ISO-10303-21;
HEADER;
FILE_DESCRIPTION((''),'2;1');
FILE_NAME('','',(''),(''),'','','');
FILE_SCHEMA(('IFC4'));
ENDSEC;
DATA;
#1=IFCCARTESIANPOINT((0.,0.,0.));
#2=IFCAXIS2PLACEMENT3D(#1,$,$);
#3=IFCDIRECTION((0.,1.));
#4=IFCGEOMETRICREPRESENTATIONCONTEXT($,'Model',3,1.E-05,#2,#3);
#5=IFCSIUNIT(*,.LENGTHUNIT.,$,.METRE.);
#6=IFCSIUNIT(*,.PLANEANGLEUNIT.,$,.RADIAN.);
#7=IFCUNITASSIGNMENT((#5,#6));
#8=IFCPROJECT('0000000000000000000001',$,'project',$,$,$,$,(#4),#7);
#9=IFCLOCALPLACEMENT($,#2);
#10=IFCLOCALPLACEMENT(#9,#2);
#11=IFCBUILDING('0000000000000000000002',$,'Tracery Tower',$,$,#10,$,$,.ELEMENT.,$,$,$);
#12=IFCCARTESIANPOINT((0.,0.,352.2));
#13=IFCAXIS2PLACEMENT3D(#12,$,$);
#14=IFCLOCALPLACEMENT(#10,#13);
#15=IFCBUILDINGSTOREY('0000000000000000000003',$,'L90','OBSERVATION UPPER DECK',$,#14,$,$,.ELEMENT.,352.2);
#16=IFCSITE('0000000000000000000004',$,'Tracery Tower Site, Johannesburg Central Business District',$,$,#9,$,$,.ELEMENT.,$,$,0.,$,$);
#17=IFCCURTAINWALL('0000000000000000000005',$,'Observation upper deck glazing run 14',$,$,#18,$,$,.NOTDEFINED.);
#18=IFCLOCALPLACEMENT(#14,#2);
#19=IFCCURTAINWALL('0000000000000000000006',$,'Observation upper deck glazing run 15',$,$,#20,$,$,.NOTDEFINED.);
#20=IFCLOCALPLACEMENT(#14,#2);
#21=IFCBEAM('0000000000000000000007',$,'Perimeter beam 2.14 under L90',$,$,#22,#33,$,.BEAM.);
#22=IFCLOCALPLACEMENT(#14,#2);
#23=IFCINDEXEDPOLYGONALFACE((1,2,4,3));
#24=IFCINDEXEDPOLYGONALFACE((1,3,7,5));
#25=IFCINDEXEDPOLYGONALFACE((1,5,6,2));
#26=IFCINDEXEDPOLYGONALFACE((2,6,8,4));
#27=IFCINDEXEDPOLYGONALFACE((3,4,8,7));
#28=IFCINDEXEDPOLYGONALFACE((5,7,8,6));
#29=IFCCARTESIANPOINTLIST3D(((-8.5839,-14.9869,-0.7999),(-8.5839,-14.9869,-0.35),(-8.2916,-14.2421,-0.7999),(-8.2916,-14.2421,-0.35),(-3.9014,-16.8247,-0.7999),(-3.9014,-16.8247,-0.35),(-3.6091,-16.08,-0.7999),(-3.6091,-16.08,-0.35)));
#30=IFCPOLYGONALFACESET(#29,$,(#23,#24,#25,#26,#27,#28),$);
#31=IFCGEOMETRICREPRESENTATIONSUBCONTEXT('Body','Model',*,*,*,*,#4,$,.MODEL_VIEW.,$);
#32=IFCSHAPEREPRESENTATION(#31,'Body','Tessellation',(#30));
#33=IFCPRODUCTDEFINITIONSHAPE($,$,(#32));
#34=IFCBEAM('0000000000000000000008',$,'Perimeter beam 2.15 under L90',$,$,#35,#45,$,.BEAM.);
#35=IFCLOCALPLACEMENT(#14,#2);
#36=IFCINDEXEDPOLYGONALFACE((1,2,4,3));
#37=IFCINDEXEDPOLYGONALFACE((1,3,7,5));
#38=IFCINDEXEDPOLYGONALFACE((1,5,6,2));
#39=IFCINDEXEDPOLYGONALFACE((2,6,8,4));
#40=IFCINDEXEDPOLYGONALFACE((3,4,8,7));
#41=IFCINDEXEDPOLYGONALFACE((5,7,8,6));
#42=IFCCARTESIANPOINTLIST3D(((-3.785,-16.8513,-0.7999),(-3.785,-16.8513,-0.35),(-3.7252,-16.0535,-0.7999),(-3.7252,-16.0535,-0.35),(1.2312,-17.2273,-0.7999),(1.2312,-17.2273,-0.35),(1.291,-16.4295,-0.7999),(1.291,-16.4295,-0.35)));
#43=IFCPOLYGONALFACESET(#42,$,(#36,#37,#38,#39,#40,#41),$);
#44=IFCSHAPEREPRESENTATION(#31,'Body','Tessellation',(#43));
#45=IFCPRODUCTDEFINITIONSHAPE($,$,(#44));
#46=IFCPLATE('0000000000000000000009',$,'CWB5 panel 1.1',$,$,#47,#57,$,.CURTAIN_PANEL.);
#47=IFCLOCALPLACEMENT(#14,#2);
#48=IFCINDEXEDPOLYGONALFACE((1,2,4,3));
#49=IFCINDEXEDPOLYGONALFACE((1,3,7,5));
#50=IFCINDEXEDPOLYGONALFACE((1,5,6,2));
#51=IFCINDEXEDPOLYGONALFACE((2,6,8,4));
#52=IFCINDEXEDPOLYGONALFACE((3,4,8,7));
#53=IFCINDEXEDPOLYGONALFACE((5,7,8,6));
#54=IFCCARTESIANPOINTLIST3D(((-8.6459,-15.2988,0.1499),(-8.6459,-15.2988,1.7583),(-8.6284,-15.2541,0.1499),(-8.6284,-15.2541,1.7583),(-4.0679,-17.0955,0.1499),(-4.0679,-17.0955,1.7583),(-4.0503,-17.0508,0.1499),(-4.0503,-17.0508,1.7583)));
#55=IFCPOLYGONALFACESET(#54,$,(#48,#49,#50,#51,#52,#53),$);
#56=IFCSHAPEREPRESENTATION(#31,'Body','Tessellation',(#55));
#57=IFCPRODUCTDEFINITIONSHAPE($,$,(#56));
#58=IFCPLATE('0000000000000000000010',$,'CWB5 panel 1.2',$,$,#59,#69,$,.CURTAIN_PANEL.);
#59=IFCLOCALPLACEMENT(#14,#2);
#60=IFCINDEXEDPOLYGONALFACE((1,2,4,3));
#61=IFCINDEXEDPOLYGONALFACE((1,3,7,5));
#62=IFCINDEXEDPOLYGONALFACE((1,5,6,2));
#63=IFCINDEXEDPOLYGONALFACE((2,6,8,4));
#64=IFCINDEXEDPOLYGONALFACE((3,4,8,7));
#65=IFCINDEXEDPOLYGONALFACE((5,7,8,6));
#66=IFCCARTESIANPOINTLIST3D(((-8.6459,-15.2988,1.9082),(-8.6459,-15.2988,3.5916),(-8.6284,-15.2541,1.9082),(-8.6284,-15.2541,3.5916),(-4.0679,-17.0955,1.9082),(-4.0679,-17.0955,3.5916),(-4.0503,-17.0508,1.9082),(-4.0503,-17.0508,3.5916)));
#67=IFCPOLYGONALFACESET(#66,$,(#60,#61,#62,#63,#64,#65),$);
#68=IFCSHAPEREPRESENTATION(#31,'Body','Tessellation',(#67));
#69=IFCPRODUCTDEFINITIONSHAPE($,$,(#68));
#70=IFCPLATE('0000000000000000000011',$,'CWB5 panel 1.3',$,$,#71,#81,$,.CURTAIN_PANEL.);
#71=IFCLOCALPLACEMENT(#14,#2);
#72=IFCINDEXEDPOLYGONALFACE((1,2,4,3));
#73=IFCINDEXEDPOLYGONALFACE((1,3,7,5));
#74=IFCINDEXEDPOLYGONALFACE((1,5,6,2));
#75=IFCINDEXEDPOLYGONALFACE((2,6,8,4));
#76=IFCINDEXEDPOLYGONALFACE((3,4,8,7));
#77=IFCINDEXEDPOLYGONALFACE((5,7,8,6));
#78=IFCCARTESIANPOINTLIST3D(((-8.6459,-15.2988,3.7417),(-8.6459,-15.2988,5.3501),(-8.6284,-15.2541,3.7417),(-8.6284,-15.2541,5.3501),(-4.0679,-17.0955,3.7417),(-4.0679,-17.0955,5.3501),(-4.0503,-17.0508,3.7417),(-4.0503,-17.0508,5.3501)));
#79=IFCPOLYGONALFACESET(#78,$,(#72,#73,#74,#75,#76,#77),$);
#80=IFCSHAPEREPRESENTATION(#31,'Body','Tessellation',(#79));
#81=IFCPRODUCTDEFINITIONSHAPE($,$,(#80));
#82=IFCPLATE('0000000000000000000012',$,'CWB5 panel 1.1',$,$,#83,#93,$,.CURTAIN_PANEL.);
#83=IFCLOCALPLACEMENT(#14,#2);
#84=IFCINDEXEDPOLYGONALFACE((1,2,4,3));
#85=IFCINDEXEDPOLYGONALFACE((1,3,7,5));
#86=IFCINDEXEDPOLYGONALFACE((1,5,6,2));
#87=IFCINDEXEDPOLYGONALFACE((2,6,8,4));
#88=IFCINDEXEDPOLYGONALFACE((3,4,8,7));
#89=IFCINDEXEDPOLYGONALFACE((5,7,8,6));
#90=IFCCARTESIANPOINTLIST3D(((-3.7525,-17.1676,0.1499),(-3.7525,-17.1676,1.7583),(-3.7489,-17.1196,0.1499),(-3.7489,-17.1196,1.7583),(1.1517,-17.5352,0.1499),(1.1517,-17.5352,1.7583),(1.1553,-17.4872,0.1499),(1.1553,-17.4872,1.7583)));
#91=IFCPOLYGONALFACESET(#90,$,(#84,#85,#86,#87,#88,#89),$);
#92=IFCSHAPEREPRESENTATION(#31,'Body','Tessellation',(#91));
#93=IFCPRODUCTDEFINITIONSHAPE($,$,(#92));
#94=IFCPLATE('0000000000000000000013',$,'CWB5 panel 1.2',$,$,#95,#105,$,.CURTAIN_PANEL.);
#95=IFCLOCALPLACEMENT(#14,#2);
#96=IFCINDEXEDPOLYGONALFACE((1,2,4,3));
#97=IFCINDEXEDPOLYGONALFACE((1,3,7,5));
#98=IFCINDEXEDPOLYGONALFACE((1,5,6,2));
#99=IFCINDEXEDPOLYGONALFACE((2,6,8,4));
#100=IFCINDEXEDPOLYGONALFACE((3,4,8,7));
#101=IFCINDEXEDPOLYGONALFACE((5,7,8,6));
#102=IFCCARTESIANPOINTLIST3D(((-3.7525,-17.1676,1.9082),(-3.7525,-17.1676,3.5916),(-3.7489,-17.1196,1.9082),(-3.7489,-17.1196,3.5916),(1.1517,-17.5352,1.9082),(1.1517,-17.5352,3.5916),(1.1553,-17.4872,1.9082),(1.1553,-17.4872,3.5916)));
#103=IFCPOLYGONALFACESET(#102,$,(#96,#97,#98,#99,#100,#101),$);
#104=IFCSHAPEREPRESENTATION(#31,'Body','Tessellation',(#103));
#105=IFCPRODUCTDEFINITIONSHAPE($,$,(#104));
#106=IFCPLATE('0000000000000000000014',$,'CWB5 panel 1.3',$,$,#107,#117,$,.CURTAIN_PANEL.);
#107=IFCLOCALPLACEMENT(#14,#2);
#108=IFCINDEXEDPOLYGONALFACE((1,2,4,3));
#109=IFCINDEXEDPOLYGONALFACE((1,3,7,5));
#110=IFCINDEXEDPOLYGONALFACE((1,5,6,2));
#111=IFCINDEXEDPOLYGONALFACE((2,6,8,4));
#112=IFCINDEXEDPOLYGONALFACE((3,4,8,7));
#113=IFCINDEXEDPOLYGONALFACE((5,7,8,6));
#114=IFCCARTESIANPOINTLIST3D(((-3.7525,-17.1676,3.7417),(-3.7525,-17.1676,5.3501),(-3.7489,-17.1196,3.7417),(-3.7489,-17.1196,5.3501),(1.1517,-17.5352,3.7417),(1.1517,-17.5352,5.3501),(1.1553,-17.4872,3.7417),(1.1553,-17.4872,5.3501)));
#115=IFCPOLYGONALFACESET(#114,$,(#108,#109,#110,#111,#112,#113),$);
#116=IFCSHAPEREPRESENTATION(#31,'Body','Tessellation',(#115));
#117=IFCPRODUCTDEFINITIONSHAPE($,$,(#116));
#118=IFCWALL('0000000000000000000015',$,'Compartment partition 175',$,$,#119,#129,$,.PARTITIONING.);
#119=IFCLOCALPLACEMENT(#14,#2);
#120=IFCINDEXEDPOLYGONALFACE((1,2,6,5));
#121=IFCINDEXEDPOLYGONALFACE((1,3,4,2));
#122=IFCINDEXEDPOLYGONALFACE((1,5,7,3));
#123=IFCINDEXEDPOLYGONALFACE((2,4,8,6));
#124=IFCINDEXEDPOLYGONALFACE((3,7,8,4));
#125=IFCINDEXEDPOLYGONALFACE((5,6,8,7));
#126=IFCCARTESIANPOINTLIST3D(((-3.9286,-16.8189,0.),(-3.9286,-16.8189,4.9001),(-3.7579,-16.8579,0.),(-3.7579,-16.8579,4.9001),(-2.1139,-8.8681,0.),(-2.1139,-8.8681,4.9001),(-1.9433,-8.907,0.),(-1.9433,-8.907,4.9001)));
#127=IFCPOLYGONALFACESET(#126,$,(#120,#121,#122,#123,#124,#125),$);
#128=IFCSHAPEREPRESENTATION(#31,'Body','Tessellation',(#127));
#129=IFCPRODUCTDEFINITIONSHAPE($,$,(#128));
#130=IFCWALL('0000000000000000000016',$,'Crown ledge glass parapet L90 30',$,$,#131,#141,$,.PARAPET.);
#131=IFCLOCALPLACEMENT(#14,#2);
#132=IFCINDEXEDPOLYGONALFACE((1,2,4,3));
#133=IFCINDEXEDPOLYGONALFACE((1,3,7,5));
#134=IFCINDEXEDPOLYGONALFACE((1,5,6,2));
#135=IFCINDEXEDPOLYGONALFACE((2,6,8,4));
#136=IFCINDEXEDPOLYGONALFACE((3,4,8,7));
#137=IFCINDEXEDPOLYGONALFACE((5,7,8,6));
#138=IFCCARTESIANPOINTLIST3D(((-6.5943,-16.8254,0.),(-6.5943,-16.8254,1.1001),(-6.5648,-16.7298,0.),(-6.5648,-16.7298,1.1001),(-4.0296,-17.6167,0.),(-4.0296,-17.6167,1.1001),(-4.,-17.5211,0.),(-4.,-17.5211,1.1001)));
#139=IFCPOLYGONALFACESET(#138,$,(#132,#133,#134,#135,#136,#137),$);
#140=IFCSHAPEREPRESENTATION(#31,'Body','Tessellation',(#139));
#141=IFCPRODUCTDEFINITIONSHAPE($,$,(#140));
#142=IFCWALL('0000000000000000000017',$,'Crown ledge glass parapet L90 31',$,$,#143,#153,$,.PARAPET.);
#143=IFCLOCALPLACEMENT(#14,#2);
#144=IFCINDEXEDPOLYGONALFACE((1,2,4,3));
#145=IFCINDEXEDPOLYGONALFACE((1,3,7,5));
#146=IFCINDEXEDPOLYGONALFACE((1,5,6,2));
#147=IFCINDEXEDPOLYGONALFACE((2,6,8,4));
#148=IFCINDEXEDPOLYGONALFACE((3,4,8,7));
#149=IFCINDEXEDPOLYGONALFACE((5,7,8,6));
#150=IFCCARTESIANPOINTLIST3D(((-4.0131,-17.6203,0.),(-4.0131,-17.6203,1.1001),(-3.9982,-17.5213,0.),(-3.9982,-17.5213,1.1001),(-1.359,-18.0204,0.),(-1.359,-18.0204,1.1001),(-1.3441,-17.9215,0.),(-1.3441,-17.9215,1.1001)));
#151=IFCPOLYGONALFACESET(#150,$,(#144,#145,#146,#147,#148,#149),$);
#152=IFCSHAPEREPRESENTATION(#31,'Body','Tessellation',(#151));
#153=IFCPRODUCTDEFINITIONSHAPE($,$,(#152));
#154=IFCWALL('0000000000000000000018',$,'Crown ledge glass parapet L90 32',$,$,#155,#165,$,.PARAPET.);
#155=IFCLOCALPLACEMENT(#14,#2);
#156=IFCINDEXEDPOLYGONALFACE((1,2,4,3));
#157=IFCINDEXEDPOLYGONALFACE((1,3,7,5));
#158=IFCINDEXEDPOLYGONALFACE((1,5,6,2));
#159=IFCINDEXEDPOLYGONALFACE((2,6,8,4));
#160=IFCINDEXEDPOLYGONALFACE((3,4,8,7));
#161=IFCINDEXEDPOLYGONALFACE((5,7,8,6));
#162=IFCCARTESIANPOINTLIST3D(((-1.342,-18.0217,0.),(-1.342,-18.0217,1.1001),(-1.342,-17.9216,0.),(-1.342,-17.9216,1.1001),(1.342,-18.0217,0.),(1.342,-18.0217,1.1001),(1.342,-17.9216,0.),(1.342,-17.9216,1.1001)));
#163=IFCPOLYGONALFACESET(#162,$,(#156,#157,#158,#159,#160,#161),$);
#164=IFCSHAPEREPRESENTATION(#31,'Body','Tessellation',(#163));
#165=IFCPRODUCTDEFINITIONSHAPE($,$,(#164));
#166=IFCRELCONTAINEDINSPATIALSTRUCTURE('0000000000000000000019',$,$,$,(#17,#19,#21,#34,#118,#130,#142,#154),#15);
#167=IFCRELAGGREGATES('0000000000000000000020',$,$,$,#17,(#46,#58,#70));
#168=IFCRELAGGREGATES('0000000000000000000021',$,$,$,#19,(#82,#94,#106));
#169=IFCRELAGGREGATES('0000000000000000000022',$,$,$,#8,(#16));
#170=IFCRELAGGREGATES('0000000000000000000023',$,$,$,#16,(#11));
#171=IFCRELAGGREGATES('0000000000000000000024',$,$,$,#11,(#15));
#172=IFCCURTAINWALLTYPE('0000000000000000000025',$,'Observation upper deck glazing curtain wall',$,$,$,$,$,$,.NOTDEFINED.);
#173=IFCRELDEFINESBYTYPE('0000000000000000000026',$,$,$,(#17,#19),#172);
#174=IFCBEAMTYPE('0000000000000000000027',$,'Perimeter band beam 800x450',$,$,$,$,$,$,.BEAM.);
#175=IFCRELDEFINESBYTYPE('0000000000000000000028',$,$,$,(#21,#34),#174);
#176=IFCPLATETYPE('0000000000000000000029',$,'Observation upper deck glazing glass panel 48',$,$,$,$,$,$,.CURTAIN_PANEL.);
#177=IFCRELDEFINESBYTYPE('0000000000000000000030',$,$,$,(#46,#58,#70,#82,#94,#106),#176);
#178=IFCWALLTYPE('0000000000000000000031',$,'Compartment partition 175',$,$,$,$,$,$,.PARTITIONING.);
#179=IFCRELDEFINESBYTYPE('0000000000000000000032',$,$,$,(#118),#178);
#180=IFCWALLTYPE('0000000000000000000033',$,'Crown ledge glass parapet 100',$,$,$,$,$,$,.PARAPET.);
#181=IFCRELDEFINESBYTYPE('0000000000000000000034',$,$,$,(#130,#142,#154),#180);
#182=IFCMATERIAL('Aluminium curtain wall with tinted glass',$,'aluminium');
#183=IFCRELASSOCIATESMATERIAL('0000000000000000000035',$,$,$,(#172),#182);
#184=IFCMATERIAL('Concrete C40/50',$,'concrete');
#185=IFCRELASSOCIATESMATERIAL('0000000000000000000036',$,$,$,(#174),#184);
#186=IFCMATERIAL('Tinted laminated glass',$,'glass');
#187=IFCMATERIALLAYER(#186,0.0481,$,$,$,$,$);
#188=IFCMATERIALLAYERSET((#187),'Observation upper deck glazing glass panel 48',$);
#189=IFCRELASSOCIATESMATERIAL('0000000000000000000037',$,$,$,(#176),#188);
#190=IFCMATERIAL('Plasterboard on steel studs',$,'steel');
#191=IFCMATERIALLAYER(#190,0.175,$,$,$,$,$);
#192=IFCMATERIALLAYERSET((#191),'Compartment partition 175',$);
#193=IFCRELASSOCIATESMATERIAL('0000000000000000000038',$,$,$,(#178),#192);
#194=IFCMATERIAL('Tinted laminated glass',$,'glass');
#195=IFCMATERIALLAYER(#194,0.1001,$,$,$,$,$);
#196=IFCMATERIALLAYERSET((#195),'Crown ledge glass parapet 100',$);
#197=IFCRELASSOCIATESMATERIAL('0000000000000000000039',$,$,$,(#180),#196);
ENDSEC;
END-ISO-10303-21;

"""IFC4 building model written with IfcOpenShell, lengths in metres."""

from ifc_helpers import new_model, si_unit, direction, frame, frame_2d, origin, origin_2d, place, context, subcontext, project, spatial, rectangle, extrude, material, layer, layer_set, material_profile, profile_set, type_object, element, aggregate, save


model = new_model("IFC4")

# Units and contexts
model_context = context("Model", 3, precision=1e-05, world=origin(), true_north=direction((0.0, 1.0)))
body_context = subcontext(model_context, "Body", "Model", "MODEL_VIEW")
ifc_project = project(units=[si_unit("LENGTHUNIT", "METRE"), si_unit("PLANEANGLEUNIT", "RADIAN")], contexts=[model_context])

# Site, building, storey
site_placement = place(None, origin())
site = spatial("IfcSite", under=ifc_project, at=site_placement, Name="Tracery Tower Site, Johannesburg Central Business District", CompositionType="ELEMENT", RefElevation=0.0)
building_placement = place(site_placement, origin())
building = spatial("IfcBuilding", under=site, at=building_placement, Name="Tracery Tower", CompositionType="ELEMENT")
storey_placement = place(building_placement, frame((0.0, 0.0, 352.2)))
storey = spatial("IfcBuildingStorey", under=building, at=storey_placement, Name="L90", Description="OBSERVATION UPPER DECK", CompositionType="ELEMENT", Elevation=352.2)

# Curtain walls
ifc_material_1 = material(Name="Aluminium curtain wall with tinted glass", Category="aluminium")
curtain_wall_type = type_object("IfcCurtainWallType", Name="Observation upper deck glazing curtain wall", PredefinedType="NOTDEFINED", material=ifc_material_1)
curtain_wall_1_placement = place(storey_placement, origin())
curtain_wall_1 = element("IfcCurtainWall", 1, at=curtain_wall_1_placement, inside=storey, type_object=curtain_wall_type, Name="Observation upper deck glazing run 14", PredefinedType="NOTDEFINED")
curtain_wall_2_placement = place(storey_placement, origin())
curtain_wall_2 = element("IfcCurtainWall", 2, at=curtain_wall_2_placement, inside=storey, type_object=curtain_wall_type, Name="Observation upper deck glazing run 15", PredefinedType="NOTDEFINED")

# Beams
ifc_material_2 = material(Name="Concrete C40/50", Category="concrete")
ifc_material_profile_1 = material_profile(ifc_material_2, rectangle(XDim=0.8, YDim=0.45, at=origin_2d()), Name="RC 800x450")
ifc_profile_set_1 = profile_set([ifc_material_profile_1], Name="Concrete C40/50")
beam_type = type_object("IfcBeamType", Name="Perimeter band beam 800x450", PredefinedType="BEAM", material=ifc_profile_set_1)
for number, where, z_axis, x_axis, name in (
    (3, (-8.4377, -14.6145, -0.575), (0.930867, -0.365358, 0.0), (0.365358, 0.930867, 0.0), "Perimeter beam 2.14 under L90"),
    (4, (-3.7551, -16.4524, -0.575), (0.997203, -0.074744, 0.0), (0.074744, 0.997203, 0.0), "Perimeter beam 2.15 under L90"),
):
    element("IfcBeam", number, at=place(storey_placement, frame(where, z_axis=z_axis, x_axis=x_axis)), inside=storey, type_object=beam_type, Name=name, PredefinedType="BEAM", context=body_context, shape_type="SweptSolid", body=[
        extrude(rectangle(XDim=0.8, YDim=0.45, at=origin_2d()), origin(), (0.0, 0.0, 1.0), 5.0303),
    ])

# Plates
ifc_material_3 = material(Name="Tinted laminated glass", Category="glass")
ifc_layer_1 = layer(ifc_material_3, 0.0481)
ifc_layer_set_1 = layer_set([ifc_layer_1], Name="Observation upper deck glazing glass panel 48")
plate_type = type_object("IfcPlateType", Name="Observation upper deck glazing glass panel 48", PredefinedType="CURTAIN_PANEL", material=ifc_layer_set_1)
plate_1_placement = place(storey_placement, frame((-6.3481, -16.1748, 0.1499), z_axis=(0.0, 0.0, 1.0), x_axis=(0.930877, -0.365333, 0.0)))
plate_1 = element("IfcPlate", 5, at=plate_1_placement, type_object=plate_type, Name="CWB5 panel 1.1", PredefinedType="CURTAIN_PANEL", context=body_context, shape_type="SweptSolid", body=[
    extrude(rectangle(XDim=4.918, YDim=0.0481, at=origin_2d()), origin(), (0.0, 0.0, 1.0), 1.6084),
])
plate_2_placement = place(storey_placement, frame((-6.3481, -16.1748, 1.9082), z_axis=(0.0, 0.0, 1.0), x_axis=(0.930877, -0.365333, 0.0)))
plate_2 = element("IfcPlate", 6, at=plate_2_placement, type_object=plate_type, Name="CWB5 panel 1.2", PredefinedType="CURTAIN_PANEL", context=body_context, shape_type="SweptSolid", body=[
    extrude(rectangle(XDim=4.918, YDim=0.0481, at=origin_2d()), origin(), (0.0, 0.0, 1.0), 1.6833),
])
plate_3_placement = place(storey_placement, frame((-6.3481, -16.1748, 3.7417), z_axis=(0.0, 0.0, 1.0), x_axis=(0.930877, -0.365333, 0.0)))
plate_3 = element("IfcPlate", 7, at=plate_3_placement, type_object=plate_type, Name="CWB5 panel 1.3", PredefinedType="CURTAIN_PANEL", context=body_context, shape_type="SweptSolid", body=[
    extrude(rectangle(XDim=4.918, YDim=0.0481, at=origin_2d()), origin(), (0.0, 0.0, 1.0), 1.6084),
])
aggregate(curtain_wall_1, [plate_1, plate_2, plate_3])
plate_4_placement = place(storey_placement, frame((-1.2986, -17.3274, 0.1499), z_axis=(0.0, 0.0, 1.0), x_axis=(0.997203, -0.074738, 0.0)))
plate_4 = element("IfcPlate", 8, at=plate_4_placement, type_object=plate_type, Name="CWB5 panel 1.1", PredefinedType="CURTAIN_PANEL", context=body_context, shape_type="SweptSolid", body=[
    extrude(rectangle(XDim=4.918, YDim=0.0481, at=origin_2d()), origin(), (0.0, 0.0, 1.0), 1.6084),
])
plate_5_placement = place(storey_placement, frame((-1.2986, -17.3274, 1.9082), z_axis=(0.0, 0.0, 1.0), x_axis=(0.997203, -0.074738, 0.0)))
plate_5 = element("IfcPlate", 9, at=plate_5_placement, type_object=plate_type, Name="CWB5 panel 1.2", PredefinedType="CURTAIN_PANEL", context=body_context, shape_type="SweptSolid", body=[
    extrude(rectangle(XDim=4.918, YDim=0.0481, at=origin_2d()), origin(), (0.0, 0.0, 1.0), 1.6833),
])
plate_6_placement = place(storey_placement, frame((-1.2986, -17.3274, 3.7417), z_axis=(0.0, 0.0, 1.0), x_axis=(0.997203, -0.074738, 0.0)))
plate_6 = element("IfcPlate", 10, at=plate_6_placement, type_object=plate_type, Name="CWB5 panel 1.3", PredefinedType="CURTAIN_PANEL", context=body_context, shape_type="SweptSolid", body=[
    extrude(rectangle(XDim=4.918, YDim=0.0481, at=origin_2d()), origin(), (0.0, 0.0, 1.0), 1.6084),
])
aggregate(curtain_wall_2, [plate_4, plate_5, plate_6])

# Walls
ifc_material_4 = material(Name="Plasterboard on steel studs", Category="steel")
ifc_layer_2 = layer(ifc_material_4, 0.175)
ifc_layer_set_2 = layer_set([ifc_layer_2], Name="Compartment partition 175")
wall_type_1 = type_object("IfcWallType", Name="Compartment partition 175", PredefinedType="PARTITIONING", material=ifc_layer_set_2)
wall_placement = place(storey_placement, frame((-3.8433, -16.8384, 0.0), z_axis=(0.0, 0.0, 1.0), x_axis=(0.222515, 0.974929, 0.0)))
element("IfcWall", 11, at=wall_placement, inside=storey, type_object=wall_type_1, Name="Compartment partition 175", PredefinedType="PARTITIONING", context=body_context, shape_type="SweptSolid", body=[
    extrude(rectangle(XDim=8.1553, YDim=0.175, at=frame_2d((4.0776, 0.0))), origin(), (0.0, 0.0, 1.0), 4.9001),
])
ifc_material_5 = material(Name="Tinted laminated glass", Category="glass")
ifc_layer_3 = layer(ifc_material_5, 0.1001)
ifc_layer_set_3 = layer_set([ifc_layer_3], Name="Crown ledge glass parapet 100")
wall_type_2 = type_object("IfcWallType", Name="Crown ledge glass parapet 100", PredefinedType="PARAPET", material=ifc_layer_set_3)
for number, where, z_axis, x_axis, name in (
    (12, (-6.5796, -16.7776, 0.0), (0.0, 0.0, 1.0), (0.955556, -0.294808, 0.0), "Crown ledge glass parapet L90 30"),
    (13, (-4.0056, -17.5708, 0.0), (0.0, 0.0, 1.0), (0.988825, -0.149083, 0.0), "Crown ledge glass parapet L90 31"),
    (14, (-1.342, -17.9717, 0.0), (0.0, 0.0, 1.0), (1.0, 0.0, 0.0), "Crown ledge glass parapet L90 32"),
):
    element("IfcWall", number, at=place(storey_placement, frame(where, z_axis=z_axis, x_axis=x_axis)), inside=storey, type_object=wall_type_2, Name=name, PredefinedType="PARAPET", context=body_context, shape_type="SweptSolid", body=[
        extrude(rectangle(XDim=2.6841, YDim=0.1001, at=frame_2d((1.342, 0.0))), origin(), (0.0, 0.0, 1.0), 1.1001),
    ])

save(model, "model.ifc")
